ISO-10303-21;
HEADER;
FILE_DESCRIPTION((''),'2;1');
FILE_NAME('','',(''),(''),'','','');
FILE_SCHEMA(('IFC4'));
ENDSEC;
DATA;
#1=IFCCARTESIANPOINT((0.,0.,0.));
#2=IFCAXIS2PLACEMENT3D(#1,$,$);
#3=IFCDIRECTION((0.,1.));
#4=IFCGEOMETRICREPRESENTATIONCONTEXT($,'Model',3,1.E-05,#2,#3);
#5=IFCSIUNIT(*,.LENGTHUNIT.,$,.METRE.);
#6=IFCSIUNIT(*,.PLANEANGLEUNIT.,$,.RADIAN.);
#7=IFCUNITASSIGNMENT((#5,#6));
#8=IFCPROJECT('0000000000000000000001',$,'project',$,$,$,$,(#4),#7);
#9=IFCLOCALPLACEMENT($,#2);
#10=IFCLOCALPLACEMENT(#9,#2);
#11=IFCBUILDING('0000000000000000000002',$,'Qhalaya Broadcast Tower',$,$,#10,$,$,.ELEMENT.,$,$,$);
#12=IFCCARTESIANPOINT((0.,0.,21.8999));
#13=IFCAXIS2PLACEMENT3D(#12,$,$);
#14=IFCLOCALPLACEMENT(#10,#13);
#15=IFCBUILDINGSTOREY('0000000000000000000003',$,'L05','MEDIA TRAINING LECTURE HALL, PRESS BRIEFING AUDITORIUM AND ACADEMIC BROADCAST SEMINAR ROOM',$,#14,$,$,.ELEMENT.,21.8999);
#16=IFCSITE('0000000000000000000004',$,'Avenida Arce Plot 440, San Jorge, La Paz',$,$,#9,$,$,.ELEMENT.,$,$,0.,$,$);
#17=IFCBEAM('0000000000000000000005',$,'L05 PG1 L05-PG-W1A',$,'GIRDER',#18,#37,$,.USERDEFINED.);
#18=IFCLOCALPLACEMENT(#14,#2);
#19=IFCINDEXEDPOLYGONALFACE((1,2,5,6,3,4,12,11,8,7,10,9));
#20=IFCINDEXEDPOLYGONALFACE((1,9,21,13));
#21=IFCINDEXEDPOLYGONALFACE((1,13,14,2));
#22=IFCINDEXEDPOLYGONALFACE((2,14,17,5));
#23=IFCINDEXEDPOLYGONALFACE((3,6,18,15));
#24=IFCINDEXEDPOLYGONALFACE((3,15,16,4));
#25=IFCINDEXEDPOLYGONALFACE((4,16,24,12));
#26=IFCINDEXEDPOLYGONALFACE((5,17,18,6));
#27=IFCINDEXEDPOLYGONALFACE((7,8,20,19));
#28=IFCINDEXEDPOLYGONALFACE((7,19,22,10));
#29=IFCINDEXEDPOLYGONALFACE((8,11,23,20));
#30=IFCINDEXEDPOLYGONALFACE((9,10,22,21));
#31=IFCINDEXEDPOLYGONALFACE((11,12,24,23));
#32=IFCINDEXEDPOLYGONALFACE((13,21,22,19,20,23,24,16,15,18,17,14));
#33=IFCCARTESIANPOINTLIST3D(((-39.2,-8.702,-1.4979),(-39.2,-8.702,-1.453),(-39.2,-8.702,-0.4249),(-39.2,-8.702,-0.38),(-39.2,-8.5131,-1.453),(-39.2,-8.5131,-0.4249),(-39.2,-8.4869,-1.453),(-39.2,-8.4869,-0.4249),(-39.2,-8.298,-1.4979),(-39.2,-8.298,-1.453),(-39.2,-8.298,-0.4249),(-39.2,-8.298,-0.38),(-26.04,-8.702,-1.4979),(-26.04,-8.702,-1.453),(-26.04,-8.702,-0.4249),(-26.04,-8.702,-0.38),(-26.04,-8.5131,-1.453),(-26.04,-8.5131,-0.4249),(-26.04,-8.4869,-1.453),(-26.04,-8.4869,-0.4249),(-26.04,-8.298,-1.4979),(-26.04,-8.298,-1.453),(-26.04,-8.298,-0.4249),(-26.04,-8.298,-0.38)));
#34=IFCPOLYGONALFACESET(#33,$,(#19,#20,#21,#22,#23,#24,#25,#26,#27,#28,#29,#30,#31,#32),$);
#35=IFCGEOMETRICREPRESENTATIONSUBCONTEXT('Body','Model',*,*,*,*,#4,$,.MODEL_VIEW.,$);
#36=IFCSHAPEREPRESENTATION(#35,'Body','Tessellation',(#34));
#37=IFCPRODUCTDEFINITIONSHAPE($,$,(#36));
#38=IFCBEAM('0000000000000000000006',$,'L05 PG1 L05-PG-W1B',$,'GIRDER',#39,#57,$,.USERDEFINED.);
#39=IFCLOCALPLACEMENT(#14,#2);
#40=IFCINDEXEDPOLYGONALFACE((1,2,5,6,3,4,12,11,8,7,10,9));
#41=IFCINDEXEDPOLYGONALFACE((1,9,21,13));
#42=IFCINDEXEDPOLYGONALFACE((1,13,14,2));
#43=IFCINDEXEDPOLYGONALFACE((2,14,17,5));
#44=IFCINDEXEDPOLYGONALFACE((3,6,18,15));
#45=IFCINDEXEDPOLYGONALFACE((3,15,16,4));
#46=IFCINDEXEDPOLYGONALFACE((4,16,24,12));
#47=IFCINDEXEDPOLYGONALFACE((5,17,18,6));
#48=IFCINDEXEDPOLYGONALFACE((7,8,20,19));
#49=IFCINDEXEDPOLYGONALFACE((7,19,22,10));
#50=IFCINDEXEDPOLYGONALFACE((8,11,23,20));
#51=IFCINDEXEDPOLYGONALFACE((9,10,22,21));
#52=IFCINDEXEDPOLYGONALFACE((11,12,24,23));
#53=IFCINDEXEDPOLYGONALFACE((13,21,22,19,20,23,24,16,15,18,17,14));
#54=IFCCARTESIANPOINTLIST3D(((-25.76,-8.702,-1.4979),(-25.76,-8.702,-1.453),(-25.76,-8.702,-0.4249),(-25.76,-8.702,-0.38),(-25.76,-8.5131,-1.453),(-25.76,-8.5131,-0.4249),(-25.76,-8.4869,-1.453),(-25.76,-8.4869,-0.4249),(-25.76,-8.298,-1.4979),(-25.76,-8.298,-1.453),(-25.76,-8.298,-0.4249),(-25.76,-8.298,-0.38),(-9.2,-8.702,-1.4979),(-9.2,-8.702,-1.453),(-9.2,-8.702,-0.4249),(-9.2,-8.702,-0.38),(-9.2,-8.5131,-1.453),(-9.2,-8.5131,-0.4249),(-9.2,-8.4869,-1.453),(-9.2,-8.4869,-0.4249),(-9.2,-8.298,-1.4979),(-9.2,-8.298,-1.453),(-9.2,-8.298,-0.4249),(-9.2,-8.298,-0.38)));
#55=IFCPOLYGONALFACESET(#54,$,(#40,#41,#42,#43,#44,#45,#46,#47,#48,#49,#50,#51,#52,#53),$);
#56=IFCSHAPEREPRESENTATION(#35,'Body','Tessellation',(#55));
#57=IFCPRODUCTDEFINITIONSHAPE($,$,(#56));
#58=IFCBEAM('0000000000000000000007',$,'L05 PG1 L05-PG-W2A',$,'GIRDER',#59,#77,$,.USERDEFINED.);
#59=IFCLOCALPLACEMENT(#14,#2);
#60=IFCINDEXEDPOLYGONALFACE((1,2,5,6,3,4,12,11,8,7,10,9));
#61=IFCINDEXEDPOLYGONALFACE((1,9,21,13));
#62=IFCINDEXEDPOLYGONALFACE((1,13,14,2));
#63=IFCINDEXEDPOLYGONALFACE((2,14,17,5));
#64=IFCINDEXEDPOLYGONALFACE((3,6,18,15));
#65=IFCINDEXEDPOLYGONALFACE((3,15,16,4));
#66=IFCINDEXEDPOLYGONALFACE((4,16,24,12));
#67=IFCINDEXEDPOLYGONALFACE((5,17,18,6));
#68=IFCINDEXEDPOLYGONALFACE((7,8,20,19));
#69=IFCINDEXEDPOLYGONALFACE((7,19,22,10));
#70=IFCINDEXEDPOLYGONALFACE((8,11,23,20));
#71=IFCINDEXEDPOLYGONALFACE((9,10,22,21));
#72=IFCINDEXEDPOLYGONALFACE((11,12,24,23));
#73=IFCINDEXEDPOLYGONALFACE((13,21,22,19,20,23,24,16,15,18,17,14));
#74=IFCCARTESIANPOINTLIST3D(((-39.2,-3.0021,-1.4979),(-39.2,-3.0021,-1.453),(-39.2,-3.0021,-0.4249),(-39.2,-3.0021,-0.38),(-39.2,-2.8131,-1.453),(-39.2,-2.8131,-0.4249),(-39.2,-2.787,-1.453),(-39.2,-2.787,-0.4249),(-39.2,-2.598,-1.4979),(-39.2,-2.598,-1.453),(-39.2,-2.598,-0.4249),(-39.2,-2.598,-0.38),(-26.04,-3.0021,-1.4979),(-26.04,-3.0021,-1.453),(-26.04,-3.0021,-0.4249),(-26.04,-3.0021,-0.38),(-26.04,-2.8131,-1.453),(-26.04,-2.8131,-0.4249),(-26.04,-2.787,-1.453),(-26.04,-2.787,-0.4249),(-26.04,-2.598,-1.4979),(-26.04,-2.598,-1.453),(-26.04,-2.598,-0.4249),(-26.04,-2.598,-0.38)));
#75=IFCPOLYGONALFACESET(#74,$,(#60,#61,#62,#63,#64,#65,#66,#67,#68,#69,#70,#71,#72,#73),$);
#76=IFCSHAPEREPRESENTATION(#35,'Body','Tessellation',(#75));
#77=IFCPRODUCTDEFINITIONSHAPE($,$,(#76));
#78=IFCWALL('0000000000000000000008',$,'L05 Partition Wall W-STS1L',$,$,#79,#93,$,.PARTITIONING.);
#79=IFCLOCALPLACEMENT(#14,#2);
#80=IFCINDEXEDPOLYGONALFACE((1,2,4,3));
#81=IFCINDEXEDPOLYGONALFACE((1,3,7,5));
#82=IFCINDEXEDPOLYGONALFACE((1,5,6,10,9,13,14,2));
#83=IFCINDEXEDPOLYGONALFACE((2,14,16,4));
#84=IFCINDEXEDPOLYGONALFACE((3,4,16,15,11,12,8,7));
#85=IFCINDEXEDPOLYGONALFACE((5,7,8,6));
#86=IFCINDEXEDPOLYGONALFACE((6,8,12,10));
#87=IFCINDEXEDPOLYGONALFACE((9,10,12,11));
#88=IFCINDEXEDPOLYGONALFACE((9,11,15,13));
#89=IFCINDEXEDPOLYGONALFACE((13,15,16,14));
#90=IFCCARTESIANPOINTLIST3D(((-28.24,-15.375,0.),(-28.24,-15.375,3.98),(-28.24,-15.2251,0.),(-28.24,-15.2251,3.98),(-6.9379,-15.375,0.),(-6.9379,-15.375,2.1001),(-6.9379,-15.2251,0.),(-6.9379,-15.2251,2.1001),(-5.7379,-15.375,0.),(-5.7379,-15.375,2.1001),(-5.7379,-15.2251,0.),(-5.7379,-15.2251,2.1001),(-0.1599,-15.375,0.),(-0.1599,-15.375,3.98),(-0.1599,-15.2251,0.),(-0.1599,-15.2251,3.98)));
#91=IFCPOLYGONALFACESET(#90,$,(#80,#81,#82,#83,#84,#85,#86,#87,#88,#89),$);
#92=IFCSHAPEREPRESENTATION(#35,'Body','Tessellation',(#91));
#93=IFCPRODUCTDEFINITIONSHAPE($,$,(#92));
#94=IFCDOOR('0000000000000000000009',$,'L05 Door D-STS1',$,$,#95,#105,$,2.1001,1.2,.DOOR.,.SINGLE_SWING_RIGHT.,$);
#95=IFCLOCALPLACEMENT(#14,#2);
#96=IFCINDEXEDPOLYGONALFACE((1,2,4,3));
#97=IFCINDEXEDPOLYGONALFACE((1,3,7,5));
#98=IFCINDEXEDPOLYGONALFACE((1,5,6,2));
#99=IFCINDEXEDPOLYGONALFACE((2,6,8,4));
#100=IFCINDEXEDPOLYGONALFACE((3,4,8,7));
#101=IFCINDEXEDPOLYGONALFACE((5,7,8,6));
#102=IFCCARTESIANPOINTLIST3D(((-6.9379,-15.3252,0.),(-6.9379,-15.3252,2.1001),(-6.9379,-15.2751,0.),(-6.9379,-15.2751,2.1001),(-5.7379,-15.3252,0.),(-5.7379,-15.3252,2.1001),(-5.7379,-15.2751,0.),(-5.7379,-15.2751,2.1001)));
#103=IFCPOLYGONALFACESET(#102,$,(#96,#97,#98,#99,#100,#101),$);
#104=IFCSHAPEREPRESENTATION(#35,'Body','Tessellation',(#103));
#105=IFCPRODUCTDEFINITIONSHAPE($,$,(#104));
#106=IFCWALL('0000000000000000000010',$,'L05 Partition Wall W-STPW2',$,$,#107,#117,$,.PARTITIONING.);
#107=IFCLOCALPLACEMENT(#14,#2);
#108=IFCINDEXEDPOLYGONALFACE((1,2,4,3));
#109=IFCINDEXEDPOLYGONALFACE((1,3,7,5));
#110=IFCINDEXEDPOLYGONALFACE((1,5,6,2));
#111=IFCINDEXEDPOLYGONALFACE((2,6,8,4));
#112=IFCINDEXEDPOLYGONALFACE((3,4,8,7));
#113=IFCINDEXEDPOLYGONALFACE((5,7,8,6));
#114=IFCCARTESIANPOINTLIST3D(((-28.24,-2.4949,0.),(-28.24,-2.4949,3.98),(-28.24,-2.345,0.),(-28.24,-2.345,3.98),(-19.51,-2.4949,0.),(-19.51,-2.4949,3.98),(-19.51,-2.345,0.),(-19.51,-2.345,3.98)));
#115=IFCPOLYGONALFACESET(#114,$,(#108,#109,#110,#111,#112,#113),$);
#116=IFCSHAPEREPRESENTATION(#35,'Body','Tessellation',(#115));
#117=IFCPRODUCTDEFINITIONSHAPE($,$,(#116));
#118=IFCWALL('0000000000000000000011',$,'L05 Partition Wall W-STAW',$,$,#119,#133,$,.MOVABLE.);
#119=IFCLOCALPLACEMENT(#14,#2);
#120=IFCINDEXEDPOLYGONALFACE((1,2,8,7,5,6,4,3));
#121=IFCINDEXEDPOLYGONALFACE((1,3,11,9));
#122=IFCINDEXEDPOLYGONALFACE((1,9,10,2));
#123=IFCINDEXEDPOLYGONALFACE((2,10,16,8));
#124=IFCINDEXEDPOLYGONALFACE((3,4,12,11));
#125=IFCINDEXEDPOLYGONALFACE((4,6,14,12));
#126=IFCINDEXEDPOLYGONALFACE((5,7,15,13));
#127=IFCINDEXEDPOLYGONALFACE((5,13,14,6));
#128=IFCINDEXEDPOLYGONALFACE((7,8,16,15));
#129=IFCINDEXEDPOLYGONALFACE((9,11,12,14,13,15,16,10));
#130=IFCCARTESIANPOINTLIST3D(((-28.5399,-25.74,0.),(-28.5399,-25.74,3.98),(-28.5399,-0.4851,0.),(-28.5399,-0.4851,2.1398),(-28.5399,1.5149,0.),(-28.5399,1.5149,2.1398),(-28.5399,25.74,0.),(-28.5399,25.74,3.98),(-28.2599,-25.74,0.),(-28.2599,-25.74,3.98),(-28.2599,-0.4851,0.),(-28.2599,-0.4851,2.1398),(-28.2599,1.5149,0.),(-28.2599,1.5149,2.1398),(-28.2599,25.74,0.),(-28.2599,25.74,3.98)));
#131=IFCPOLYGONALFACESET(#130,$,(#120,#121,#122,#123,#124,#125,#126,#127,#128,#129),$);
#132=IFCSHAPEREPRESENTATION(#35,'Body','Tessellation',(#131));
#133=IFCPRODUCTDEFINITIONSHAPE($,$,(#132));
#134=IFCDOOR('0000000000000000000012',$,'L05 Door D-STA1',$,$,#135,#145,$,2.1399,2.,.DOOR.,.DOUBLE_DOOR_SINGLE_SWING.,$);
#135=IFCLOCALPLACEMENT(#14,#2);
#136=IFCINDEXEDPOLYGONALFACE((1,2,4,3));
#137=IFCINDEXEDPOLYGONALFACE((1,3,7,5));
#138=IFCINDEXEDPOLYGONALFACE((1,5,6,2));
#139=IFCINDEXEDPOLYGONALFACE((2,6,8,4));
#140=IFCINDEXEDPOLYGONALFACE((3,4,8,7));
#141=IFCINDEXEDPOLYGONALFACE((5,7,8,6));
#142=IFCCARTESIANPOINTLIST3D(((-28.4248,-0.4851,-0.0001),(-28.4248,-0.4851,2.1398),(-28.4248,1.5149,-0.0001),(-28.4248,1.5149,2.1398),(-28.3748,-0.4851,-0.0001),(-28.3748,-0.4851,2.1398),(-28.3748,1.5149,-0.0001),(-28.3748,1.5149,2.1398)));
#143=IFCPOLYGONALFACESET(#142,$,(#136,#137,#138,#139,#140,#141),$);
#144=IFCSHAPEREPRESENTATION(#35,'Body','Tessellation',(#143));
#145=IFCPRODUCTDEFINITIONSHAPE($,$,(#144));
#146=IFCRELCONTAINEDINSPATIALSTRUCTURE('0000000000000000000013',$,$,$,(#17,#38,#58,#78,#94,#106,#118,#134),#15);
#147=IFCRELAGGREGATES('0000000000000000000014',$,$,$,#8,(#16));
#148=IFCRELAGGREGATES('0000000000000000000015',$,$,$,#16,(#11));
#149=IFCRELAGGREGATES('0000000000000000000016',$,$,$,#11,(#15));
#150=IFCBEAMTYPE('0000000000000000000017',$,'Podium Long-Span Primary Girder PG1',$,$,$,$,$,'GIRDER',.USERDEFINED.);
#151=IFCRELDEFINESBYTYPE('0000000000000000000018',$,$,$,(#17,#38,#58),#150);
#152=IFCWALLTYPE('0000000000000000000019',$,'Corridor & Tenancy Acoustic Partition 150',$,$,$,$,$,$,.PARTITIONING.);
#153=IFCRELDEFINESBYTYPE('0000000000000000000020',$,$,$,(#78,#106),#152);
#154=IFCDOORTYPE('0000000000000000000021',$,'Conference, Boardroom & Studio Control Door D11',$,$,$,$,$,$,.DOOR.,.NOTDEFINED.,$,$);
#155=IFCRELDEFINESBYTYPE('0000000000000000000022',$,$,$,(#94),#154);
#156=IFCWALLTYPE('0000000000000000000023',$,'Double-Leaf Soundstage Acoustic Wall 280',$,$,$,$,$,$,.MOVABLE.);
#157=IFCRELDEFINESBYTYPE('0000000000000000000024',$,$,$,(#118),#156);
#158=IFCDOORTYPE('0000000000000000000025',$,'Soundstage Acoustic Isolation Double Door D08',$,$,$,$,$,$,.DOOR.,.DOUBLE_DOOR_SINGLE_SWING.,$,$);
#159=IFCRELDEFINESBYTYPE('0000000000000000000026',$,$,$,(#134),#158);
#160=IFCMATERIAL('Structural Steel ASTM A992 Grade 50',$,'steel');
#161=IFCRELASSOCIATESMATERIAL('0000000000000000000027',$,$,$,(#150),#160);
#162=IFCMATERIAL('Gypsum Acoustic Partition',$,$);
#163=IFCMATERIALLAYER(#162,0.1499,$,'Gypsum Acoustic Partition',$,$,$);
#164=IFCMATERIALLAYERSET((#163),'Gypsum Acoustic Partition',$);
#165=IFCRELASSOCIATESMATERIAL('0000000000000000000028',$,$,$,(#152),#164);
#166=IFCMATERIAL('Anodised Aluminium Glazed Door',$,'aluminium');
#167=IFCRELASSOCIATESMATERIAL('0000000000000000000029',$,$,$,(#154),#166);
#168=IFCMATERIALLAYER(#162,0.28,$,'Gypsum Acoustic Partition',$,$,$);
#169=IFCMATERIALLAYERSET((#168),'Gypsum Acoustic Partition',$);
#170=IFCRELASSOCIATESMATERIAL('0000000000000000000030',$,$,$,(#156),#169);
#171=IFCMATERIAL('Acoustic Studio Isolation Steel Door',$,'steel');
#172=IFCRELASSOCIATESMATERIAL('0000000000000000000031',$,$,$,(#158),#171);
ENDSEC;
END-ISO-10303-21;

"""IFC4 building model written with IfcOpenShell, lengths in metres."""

from ifc_helpers import new_model, si_unit, direction, frame, frame_2d, origin, origin_2d, place, context, subcontext, project, spatial, rectangle, i_section, extrude, material, layer, layer_set, material_profile, profile_set, type_object, element, fill, save


model = new_model("IFC4")

# Units and contexts
model_context = context("Model", 3, precision=1e-05, world=origin(), true_north=direction((0.0, 1.0)))
body_context = subcontext(model_context, "Body", "Model", "MODEL_VIEW")
ifc_project = project(units=[si_unit("LENGTHUNIT", "METRE"), si_unit("PLANEANGLEUNIT", "RADIAN")], contexts=[model_context])

# Site, building, storey
site_placement = place(None, origin())
site = spatial("IfcSite", under=ifc_project, at=site_placement, Name="Avenida Arce Plot 440, San Jorge, La Paz", CompositionType="ELEMENT", RefElevation=0.0)
building_placement = place(site_placement, origin())
building = spatial("IfcBuilding", under=site, at=building_placement, Name="Qhalaya Broadcast Tower", CompositionType="ELEMENT")
storey_placement = place(building_placement, frame((0.0, 0.0, 21.8999)))
storey = spatial("IfcBuildingStorey", under=building, at=storey_placement, Name="L05", Description="MEDIA TRAINING LECTURE HALL, PRESS BRIEFING AUDITORIUM AND ACADEMIC BROADCAST SEMINAR ROOM", CompositionType="ELEMENT", Elevation=21.8999)

# Beams
ifc_material_1 = material(Name="Structural Steel ASTM A992 Grade 50", Category="steel")
ifc_material_profile_1 = material_profile(ifc_material_1, i_section(OverallWidth=0.4041, OverallDepth=1.1179, WebThickness=0.0261, FlangeThickness=0.0449, at=origin_2d()), Name="W44X335")
ifc_profile_set_1 = profile_set([ifc_material_profile_1], Name="Structural Steel ASTM A992 Grade 50")
beam_type_1 = type_object("IfcBeamType", Name="Podium Long-Span Primary Girder PG1", ElementType="GIRDER", PredefinedType="USERDEFINED", material=ifc_profile_set_1)
beam_1_placement = place(storey_placement, frame((-39.2, -8.5, -0.939), z_axis=(1.0, 0.0, 0.0), x_axis=(0.0, 1.0, 0.0)))
element("IfcBeam", 1, at=beam_1_placement, inside=storey, type_object=beam_type_1, Name="L05 PG1 L05-PG-W1A", ObjectType="GIRDER", PredefinedType="USERDEFINED", context=body_context, shape_type="SweptSolid", body=[
    extrude(i_section(OverallWidth=0.4041, OverallDepth=1.1179, WebThickness=0.0261, FlangeThickness=0.0449, at=origin_2d()), origin(), (0.0, 0.0, 1.0), 13.1599),
])
beam_2_placement = place(storey_placement, frame((-25.76, -8.5, -0.939), z_axis=(1.0, 0.0, 0.0), x_axis=(0.0, 1.0, 0.0)))
element("IfcBeam", 2, at=beam_2_placement, inside=storey, type_object=beam_type_1, Name="L05 PG1 L05-PG-W1B", ObjectType="GIRDER", PredefinedType="USERDEFINED", context=body_context, shape_type="SweptSolid", body=[
    extrude(i_section(OverallWidth=0.4041, OverallDepth=1.1179, WebThickness=0.0261, FlangeThickness=0.0449, at=origin_2d()), origin(), (0.0, 0.0, 1.0), 16.5601),
])
beam_3_placement = place(storey_placement, frame((-39.2, -2.8, -0.939), z_axis=(1.0, 0.0, 0.0), x_axis=(0.0, 1.0, 0.0)))
element("IfcBeam", 3, at=beam_3_placement, inside=storey, type_object=beam_type_1, Name="L05 PG1 L05-PG-W2A", ObjectType="GIRDER", PredefinedType="USERDEFINED", context=body_context, shape_type="SweptSolid", body=[
    extrude(i_section(OverallWidth=0.4041, OverallDepth=1.1179, WebThickness=0.0261, FlangeThickness=0.0449, at=origin_2d()), origin(), (0.0, 0.0, 1.0), 13.1599),
])

# Wall, opening, door
ifc_material_2 = material(Name="Gypsum Acoustic Partition")
ifc_layer_1 = layer(ifc_material_2, 0.1499, Name="Gypsum Acoustic Partition")
ifc_layer_set_1 = layer_set([ifc_layer_1], Name="Gypsum Acoustic Partition")
wall_type_1 = type_object("IfcWallType", Name="Corridor & Tenancy Acoustic Partition 150", PredefinedType="PARTITIONING", material=ifc_layer_set_1)
wall_1_placement = place(storey_placement, frame((-28.24, -15.3, 0.0), z_axis=(0.0, 0.0, 1.0), x_axis=(1.0, 0.0, 0.0)))
wall_1 = element("IfcWall", 4, at=wall_1_placement, inside=storey, type_object=wall_type_1, Name="L05 Partition Wall W-STS1L", PredefinedType="PARTITIONING", context=body_context, shape_type="SweptSolid", body=[
    extrude(rectangle(XDim=28.0801, YDim=0.1499, at=frame_2d((14.04, 0.0))), origin(), (0.0, 0.0, 1.0), 3.98),
])
opening_1_placement = place(wall_1_placement, frame((21.302, 0.0, 0.0)))
opening_1 = element("IfcOpeningElement", 5, at=opening_1_placement, cuts=wall_1, PredefinedType="OPENING", context=body_context, shape_type="SweptSolid", body=[
    extrude(rectangle(XDim=1.2, YDim=2.1001, at=frame_2d((0.6001, 1.05))), frame((0.0, 0.0869, 0.0), z_axis=(0.0, -1.0, 0.0), x_axis=(1.0, 0.0, 0.0)), (0.0, 0.0, 1.0), 0.1738),
])
ifc_material_3 = material(Name="Anodised Aluminium Glazed Door", Category="aluminium")
door_type_1 = type_object("IfcDoorType", Name="Conference, Boardroom & Studio Control Door D11", OperationType="NOTDEFINED", PredefinedType="DOOR", material=ifc_material_3)
door_1_placement = place(opening_1_placement, origin())
door_1 = element("IfcDoor", 6, at=door_1_placement, inside=storey, type_object=door_type_1, Name="L05 Door D-STS1", OperationType="SINGLE_SWING_RIGHT", OverallHeight=2.1001, OverallWidth=1.2, PredefinedType="DOOR", context=body_context, shape_type="SweptSolid", body=[
    extrude(rectangle(XDim=1.2, YDim=2.1001, at=frame_2d((0.6001, 1.05))), frame((0.0, 0.0249, 0.0), z_axis=(0.0, -1.0, 0.0), x_axis=(1.0, 0.0, 0.0)), (0.0, 0.0, 1.0), 0.05),
])
fill(opening_1, door_1)

# Wall
wall_2_placement = place(storey_placement, frame((-28.24, -2.4199, 0.0), z_axis=(0.0, 0.0, 1.0), x_axis=(1.0, 0.0, 0.0)))
element("IfcWall", 7, at=wall_2_placement, inside=storey, type_object=wall_type_1, Name="L05 Partition Wall W-STPW2", PredefinedType="PARTITIONING", context=body_context, shape_type="SweptSolid", body=[
    extrude(rectangle(XDim=8.73, YDim=0.1499, at=frame_2d((4.365, 0.0))), origin(), (0.0, 0.0, 1.0), 3.98),
])

# Wall, opening, door
ifc_layer_2 = layer(ifc_material_2, 0.28, Name="Gypsum Acoustic Partition")
ifc_layer_set_2 = layer_set([ifc_layer_2], Name="Gypsum Acoustic Partition")
wall_type_2 = type_object("IfcWallType", Name="Double-Leaf Soundstage Acoustic Wall 280", PredefinedType="MOVABLE", material=ifc_layer_set_2)
wall_3_placement = place(storey_placement, frame((-28.3999, -25.74, 0.0), z_axis=(0.0, 0.0, 1.0), x_axis=(0.0, 1.0, 0.0)))
wall_3 = element("IfcWall", 8, at=wall_3_placement, inside=storey, type_object=wall_type_2, Name="L05 Partition Wall W-STAW", PredefinedType="MOVABLE", context=body_context, shape_type="SweptSolid", body=[
    extrude(rectangle(XDim=51.48, YDim=0.28, at=frame_2d((25.74, 0.0))), origin(), (0.0, 0.0, 1.0), 3.98),
])
opening_2_placement = place(wall_3_placement, frame((25.2549, 0.0, 0.0)))
opening_2 = element("IfcOpeningElement", 9, at=opening_2_placement, cuts=wall_3, PredefinedType="OPENING", context=body_context, shape_type="SweptSolid", body=[
    extrude(rectangle(XDim=2.0, YDim=2.1399, at=frame_2d((1.0, 1.0698))), frame((0.0, 0.1521, 0.0), z_axis=(0.0, -1.0, 0.0), x_axis=(1.0, 0.0, 0.0)), (0.0, 0.0, 1.0), 0.304),
])
ifc_material_4 = material(Name="Acoustic Studio Isolation Steel Door", Category="steel")
door_type_2 = type_object("IfcDoorType", Name="Soundstage Acoustic Isolation Double Door D08", OperationType="DOUBLE_DOOR_SINGLE_SWING", PredefinedType="DOOR", material=ifc_material_4)
door_2_placement = place(opening_2_placement, origin())
door_2 = element("IfcDoor", 10, at=door_2_placement, inside=storey, type_object=door_type_2, Name="L05 Door D-STA1", OperationType="DOUBLE_DOOR_SINGLE_SWING", OverallHeight=2.1399, OverallWidth=2.0, PredefinedType="DOOR", context=body_context, shape_type="SweptSolid", body=[
    extrude(rectangle(XDim=2.0, YDim=2.1399, at=frame_2d((1.0, 1.0698))), frame((0.0, 0.0249, 0.0), z_axis=(0.0, -1.0, 0.0), x_axis=(1.0, 0.0, 0.0)), (0.0, 0.0, 1.0), 0.05),
])
fill(opening_2, door_2)

save(model, "model.ifc")
